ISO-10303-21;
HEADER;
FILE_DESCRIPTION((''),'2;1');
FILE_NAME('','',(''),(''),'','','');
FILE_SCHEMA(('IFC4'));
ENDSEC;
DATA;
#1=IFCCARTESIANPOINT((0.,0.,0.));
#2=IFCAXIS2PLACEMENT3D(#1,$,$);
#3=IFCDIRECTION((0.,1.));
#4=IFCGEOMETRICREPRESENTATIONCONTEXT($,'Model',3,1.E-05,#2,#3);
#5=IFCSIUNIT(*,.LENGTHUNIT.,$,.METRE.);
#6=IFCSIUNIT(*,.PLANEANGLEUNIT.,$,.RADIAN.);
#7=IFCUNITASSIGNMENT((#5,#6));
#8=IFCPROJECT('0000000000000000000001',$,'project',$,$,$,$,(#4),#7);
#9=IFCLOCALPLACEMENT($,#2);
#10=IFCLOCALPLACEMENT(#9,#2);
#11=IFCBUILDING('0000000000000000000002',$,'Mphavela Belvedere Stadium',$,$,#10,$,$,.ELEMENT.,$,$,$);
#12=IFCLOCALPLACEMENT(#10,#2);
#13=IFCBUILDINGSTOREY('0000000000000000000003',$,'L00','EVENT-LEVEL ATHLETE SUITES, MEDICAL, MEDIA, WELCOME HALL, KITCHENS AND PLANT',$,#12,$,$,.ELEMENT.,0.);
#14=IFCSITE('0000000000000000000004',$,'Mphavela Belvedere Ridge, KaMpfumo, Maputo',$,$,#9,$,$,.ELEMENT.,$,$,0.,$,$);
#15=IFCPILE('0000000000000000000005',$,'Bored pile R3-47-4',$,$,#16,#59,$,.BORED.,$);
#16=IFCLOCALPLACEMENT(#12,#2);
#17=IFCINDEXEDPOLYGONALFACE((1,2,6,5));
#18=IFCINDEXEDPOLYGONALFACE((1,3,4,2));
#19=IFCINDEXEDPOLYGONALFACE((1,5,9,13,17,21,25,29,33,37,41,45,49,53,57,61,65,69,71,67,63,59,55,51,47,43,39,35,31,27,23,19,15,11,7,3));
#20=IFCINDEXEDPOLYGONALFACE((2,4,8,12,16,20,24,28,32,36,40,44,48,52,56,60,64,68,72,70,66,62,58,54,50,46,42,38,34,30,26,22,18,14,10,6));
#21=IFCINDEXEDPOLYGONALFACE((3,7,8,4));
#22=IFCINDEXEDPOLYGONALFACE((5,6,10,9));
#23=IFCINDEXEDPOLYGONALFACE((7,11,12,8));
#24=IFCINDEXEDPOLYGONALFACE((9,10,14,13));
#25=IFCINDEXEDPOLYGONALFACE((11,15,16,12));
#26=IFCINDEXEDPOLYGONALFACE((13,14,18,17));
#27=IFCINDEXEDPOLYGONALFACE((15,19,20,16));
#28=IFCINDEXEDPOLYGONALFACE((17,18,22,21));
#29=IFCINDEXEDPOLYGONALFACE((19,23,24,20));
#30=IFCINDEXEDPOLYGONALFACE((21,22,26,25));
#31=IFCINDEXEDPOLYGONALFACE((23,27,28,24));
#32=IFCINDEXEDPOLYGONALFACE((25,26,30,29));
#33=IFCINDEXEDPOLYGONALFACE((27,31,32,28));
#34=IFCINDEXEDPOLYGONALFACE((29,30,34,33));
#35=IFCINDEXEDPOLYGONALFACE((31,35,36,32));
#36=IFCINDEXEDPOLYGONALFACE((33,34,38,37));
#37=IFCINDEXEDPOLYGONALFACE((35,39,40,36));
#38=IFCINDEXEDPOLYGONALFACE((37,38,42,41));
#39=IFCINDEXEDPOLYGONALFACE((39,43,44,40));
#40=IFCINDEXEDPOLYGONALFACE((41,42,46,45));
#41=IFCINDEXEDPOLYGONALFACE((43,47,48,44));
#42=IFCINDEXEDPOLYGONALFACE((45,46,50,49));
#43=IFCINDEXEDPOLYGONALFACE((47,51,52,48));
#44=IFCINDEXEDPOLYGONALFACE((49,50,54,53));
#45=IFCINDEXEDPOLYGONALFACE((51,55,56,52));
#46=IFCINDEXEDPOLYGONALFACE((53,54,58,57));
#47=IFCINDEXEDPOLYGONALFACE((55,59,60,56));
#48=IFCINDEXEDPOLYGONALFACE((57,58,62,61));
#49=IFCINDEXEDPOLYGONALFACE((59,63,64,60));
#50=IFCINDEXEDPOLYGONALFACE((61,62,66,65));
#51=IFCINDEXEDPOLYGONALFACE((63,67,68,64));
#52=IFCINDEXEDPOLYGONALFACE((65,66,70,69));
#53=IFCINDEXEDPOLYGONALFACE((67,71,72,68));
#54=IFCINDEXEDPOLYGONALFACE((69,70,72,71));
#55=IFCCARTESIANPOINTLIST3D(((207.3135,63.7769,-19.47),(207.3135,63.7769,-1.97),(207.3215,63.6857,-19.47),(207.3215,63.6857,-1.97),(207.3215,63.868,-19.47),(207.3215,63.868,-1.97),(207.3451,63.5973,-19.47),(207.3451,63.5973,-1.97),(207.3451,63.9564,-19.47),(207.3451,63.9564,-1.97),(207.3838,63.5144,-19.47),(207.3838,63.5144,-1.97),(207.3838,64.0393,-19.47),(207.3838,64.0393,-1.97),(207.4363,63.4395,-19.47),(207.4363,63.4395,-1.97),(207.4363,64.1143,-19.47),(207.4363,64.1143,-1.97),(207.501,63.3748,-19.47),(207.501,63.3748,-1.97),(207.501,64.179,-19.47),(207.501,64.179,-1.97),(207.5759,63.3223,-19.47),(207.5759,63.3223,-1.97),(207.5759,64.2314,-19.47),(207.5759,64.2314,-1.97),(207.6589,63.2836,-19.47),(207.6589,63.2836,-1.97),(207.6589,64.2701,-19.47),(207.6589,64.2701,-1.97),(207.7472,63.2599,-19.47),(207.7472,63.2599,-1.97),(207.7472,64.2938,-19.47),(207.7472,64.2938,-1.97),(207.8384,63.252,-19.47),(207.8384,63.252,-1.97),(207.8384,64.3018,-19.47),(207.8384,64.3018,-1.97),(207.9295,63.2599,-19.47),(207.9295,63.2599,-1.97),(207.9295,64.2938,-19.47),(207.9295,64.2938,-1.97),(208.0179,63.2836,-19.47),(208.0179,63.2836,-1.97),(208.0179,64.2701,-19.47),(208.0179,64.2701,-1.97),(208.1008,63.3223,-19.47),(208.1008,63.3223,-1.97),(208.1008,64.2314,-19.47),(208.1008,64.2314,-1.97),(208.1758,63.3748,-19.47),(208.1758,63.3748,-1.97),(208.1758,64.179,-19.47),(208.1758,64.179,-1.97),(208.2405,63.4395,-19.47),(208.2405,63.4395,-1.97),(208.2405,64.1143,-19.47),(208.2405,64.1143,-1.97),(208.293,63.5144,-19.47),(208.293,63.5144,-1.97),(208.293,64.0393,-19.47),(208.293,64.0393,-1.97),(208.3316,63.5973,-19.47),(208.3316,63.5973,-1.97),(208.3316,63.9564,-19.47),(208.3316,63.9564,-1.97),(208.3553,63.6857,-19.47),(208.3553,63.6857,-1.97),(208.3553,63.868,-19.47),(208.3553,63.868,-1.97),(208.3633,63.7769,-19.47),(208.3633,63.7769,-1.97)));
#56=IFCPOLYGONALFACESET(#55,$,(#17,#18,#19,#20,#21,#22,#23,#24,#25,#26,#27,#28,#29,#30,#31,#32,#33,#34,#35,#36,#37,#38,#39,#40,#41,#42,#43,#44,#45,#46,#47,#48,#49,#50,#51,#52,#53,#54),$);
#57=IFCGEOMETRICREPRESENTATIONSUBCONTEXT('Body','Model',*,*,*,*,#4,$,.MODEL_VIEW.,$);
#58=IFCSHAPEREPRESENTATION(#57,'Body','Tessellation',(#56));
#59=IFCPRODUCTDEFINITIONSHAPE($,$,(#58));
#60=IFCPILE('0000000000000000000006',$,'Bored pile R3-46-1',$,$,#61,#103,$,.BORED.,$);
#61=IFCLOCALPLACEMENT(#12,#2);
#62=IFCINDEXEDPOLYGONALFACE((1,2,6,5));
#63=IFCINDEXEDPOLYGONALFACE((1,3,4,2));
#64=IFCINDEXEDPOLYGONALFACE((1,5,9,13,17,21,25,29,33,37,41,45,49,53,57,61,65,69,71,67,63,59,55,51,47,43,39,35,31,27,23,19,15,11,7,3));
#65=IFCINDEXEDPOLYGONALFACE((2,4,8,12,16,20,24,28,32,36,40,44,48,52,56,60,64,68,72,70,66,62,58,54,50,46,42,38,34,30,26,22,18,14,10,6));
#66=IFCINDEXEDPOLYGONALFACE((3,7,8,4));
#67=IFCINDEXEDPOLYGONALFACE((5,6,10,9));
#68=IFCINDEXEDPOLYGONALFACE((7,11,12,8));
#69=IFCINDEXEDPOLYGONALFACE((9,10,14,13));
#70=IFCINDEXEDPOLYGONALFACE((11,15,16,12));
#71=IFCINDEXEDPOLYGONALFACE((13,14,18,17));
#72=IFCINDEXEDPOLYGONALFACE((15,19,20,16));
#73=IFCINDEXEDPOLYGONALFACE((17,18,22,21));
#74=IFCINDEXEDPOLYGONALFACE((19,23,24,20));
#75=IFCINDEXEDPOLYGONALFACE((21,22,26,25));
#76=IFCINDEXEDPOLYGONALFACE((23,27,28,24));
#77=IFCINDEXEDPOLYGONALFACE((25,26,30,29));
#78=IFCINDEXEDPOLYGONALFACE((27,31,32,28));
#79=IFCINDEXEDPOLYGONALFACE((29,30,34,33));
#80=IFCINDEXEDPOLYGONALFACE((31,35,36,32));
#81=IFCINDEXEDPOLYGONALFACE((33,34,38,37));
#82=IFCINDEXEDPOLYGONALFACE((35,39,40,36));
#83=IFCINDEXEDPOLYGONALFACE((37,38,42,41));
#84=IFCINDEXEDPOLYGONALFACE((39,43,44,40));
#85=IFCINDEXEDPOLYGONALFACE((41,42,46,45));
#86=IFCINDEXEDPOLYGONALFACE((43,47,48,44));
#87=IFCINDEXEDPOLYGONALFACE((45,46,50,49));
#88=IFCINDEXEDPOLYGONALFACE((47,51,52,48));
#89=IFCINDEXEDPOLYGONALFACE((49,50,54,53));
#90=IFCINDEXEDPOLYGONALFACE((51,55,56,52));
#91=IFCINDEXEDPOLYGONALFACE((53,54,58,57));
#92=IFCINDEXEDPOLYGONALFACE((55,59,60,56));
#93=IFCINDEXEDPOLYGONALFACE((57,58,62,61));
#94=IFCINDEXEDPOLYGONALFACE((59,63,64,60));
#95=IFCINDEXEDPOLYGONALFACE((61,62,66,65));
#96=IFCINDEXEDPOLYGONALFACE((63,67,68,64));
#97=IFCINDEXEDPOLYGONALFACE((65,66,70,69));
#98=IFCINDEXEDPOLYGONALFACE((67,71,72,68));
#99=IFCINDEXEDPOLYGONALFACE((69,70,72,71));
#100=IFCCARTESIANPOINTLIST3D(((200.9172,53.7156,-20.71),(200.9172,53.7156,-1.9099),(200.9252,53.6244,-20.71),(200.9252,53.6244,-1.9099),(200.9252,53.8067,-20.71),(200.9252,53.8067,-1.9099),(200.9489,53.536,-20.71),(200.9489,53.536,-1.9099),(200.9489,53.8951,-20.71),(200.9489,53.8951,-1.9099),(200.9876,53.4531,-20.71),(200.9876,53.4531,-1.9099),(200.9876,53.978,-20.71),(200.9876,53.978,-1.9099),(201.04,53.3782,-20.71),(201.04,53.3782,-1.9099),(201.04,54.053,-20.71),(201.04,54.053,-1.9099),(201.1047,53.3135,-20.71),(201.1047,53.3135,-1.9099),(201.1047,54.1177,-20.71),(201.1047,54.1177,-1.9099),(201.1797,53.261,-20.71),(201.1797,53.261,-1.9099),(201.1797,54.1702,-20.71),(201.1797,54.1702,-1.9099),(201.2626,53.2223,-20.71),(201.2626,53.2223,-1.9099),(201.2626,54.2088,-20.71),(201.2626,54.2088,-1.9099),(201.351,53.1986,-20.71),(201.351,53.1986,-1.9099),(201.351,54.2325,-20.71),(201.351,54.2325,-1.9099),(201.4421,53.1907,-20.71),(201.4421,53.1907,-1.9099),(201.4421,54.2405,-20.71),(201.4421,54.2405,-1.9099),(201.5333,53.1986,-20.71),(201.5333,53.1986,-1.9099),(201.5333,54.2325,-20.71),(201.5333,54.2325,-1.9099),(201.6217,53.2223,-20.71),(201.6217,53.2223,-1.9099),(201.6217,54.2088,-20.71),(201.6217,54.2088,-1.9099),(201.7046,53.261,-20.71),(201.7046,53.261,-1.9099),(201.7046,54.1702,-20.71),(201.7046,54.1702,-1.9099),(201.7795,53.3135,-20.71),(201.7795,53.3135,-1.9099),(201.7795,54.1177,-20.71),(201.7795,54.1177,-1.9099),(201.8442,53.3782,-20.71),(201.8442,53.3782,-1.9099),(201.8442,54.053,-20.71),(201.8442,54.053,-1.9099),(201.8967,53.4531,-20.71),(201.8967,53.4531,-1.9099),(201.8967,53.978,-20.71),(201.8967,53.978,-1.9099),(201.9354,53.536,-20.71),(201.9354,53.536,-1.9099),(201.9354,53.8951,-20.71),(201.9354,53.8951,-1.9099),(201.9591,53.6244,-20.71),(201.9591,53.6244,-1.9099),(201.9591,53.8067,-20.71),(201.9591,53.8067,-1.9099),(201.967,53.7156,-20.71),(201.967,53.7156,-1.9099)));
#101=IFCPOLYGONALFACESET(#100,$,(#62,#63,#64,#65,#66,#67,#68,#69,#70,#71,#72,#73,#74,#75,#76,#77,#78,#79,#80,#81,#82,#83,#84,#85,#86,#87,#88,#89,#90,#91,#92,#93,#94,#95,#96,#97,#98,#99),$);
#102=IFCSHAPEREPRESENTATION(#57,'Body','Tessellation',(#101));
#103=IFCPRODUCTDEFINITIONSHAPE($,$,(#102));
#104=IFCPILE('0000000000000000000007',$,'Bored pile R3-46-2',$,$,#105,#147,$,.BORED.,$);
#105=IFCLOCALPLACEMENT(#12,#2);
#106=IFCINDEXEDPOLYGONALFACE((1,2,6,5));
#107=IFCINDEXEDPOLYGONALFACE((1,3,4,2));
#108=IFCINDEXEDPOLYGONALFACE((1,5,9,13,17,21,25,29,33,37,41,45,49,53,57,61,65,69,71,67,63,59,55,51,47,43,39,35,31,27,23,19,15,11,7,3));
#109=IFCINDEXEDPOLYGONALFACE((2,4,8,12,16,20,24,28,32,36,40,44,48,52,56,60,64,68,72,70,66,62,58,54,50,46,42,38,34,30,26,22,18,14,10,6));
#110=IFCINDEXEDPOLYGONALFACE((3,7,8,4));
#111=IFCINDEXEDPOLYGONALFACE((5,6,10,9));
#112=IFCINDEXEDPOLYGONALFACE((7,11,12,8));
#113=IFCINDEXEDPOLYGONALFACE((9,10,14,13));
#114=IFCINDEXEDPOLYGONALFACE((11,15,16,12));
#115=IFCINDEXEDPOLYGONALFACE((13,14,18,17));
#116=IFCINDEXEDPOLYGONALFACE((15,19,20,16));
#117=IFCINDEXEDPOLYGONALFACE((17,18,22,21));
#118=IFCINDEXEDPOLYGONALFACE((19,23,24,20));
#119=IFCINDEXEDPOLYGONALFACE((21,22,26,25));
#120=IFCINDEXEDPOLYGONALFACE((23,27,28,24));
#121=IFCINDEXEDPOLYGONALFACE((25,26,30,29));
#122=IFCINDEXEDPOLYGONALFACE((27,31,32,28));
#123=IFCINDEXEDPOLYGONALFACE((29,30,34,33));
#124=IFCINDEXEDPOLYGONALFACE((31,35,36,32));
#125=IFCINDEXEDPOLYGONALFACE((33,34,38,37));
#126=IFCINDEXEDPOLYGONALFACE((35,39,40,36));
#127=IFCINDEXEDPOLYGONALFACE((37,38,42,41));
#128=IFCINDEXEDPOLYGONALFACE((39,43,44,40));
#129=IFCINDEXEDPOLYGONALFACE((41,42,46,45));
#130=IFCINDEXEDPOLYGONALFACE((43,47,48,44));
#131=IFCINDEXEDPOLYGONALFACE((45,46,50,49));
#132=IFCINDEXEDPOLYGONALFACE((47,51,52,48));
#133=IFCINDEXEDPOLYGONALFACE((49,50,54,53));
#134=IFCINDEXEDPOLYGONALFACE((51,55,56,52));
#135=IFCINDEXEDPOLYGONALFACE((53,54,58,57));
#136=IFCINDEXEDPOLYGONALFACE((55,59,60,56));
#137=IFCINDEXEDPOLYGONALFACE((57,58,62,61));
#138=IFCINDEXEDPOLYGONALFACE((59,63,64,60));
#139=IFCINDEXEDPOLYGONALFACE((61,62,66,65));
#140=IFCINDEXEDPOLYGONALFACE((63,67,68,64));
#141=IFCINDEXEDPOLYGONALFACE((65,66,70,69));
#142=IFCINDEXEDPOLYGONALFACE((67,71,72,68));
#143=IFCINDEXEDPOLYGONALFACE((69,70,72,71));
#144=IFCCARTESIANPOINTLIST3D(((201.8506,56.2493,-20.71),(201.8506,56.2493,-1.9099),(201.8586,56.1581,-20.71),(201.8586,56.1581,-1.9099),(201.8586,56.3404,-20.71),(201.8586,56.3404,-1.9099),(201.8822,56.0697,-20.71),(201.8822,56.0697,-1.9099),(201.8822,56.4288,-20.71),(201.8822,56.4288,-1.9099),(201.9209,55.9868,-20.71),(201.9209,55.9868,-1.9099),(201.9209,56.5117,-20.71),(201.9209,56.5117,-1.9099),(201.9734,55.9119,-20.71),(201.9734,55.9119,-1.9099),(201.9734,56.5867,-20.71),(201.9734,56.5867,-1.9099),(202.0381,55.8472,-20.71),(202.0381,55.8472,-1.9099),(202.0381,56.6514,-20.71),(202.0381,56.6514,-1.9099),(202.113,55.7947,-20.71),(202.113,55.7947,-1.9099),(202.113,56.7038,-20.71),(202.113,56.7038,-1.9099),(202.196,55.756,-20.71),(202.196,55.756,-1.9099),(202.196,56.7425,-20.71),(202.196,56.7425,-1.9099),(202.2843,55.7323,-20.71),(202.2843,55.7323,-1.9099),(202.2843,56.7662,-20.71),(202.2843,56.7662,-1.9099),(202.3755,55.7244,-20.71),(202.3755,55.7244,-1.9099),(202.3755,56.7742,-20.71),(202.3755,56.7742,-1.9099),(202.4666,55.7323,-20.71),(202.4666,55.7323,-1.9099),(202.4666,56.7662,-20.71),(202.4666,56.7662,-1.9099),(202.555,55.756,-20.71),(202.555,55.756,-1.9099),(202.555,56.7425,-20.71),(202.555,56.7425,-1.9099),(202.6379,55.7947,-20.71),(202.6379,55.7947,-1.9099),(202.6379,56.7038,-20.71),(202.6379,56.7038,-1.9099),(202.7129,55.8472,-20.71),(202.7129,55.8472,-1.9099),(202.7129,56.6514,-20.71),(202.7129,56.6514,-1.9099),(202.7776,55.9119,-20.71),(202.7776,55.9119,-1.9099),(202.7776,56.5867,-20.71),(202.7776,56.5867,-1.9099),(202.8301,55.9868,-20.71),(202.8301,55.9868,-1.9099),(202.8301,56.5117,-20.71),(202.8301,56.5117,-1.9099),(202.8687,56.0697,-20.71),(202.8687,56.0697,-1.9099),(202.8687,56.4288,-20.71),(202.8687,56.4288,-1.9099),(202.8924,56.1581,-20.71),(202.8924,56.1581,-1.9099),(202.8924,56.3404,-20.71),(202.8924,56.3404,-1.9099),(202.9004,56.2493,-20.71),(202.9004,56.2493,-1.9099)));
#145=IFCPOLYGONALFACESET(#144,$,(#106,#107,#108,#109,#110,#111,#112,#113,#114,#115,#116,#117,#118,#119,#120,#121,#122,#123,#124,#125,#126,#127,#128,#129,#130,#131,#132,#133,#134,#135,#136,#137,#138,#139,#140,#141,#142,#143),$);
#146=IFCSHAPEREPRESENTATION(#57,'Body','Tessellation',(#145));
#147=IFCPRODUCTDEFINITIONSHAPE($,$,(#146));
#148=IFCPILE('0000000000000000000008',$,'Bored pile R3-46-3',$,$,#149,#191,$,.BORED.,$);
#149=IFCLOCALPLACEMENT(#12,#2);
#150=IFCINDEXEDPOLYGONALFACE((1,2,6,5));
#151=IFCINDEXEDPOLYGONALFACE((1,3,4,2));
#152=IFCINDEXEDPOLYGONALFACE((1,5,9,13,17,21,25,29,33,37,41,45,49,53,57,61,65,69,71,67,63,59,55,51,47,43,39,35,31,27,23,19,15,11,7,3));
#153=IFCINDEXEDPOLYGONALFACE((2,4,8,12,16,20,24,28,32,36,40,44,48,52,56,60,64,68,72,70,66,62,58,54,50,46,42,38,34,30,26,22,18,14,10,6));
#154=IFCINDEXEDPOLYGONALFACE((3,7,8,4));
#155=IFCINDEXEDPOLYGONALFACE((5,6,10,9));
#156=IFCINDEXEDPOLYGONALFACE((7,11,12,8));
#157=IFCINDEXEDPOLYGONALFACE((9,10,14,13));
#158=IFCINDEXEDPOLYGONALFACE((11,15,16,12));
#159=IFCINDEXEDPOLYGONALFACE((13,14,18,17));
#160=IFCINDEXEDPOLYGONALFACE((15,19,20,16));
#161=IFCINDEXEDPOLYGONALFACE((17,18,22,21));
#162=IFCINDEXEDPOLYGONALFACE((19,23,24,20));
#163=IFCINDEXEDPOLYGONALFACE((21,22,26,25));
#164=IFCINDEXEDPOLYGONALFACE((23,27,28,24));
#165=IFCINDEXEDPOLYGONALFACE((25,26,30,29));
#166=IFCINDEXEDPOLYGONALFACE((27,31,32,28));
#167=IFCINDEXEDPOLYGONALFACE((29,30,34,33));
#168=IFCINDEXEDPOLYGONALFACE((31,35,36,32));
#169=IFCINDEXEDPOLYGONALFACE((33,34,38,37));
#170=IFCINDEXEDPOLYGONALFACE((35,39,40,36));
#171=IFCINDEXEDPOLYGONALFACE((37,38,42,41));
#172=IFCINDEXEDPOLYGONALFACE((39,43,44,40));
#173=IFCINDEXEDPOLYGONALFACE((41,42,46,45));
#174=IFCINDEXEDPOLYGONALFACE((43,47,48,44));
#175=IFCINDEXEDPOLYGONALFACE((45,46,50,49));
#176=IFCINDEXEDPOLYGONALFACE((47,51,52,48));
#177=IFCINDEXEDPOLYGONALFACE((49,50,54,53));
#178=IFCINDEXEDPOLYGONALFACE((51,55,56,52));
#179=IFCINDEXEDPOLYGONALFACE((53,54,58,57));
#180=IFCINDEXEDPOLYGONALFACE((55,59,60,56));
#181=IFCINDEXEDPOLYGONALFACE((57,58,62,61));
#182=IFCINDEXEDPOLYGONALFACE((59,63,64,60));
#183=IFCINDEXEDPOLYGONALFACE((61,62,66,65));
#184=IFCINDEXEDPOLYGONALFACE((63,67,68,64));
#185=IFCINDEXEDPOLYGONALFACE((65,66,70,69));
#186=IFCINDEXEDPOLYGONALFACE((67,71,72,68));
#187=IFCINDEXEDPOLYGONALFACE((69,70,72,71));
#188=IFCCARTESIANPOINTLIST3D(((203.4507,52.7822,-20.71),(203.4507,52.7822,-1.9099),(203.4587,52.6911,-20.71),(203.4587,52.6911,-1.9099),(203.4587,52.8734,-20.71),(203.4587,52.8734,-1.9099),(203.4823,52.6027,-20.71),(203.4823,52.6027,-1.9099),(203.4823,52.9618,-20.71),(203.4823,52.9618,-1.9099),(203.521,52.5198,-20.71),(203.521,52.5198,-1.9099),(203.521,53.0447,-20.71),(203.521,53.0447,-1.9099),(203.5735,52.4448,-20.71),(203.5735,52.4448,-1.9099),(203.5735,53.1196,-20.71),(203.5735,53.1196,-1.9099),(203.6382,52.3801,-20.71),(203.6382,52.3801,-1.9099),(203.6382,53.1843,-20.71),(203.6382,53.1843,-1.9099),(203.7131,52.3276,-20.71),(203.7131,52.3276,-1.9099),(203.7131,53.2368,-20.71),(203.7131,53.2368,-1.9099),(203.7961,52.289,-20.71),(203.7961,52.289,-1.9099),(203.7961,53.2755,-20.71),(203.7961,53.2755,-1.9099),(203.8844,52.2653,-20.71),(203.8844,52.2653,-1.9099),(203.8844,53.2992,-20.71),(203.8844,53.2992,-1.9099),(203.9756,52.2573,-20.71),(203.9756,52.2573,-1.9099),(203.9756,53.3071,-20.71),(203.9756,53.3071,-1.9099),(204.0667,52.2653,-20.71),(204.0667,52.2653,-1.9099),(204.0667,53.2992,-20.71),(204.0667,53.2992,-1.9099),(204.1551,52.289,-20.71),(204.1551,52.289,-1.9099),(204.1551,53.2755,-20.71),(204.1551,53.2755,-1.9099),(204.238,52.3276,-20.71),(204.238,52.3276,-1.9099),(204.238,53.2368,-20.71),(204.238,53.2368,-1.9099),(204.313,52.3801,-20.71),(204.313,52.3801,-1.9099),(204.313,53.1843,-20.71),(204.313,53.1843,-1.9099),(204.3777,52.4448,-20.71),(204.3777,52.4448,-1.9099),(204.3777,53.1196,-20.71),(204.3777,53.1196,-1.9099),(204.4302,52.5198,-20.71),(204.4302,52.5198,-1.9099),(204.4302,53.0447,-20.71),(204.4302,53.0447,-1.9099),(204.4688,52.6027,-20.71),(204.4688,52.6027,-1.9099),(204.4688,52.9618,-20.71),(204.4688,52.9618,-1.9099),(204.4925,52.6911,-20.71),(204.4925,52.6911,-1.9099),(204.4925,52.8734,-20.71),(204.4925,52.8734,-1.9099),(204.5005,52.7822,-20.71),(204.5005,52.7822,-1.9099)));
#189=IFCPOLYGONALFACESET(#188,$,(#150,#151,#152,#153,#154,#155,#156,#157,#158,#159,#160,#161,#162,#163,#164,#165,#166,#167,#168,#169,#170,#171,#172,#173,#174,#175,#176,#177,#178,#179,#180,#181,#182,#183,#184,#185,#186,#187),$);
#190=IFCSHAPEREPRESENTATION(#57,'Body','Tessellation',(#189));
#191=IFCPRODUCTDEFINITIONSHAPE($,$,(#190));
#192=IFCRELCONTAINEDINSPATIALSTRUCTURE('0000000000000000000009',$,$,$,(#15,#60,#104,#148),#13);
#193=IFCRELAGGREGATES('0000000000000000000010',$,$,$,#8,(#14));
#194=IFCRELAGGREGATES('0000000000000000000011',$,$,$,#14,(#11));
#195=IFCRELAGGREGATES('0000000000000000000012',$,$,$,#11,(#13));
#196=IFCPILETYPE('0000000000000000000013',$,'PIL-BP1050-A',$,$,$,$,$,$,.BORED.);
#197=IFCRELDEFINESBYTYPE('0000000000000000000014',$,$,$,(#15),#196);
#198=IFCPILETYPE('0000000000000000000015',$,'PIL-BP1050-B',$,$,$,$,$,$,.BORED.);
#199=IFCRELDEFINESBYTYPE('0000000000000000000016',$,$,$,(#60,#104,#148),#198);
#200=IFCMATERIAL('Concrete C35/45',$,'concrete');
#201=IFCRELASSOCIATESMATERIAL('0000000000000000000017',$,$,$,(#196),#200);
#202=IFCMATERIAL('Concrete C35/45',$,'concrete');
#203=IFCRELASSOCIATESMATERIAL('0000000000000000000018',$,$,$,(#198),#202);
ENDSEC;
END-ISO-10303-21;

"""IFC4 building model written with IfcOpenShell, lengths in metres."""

from ifc_helpers import new_model, si_unit, direction, frame, origin, origin_2d, place, context, subcontext, project, spatial, circle, extrude, material, material_profile, profile_set, type_object, element, save


model = new_model("IFC4")

# Units and contexts
model_context = context("Model", 3, precision=1e-05, world=origin(), true_north=direction((0.0, 1.0)))
body_context = subcontext(model_context, "Body", "Model", "MODEL_VIEW")
ifc_project = project(units=[si_unit("LENGTHUNIT", "METRE"), si_unit("PLANEANGLEUNIT", "RADIAN")], contexts=[model_context])

# Site, building, storey
site_placement = place(None, origin())
site = spatial("IfcSite", under=ifc_project, at=site_placement, Name="Mphavela Belvedere Ridge, KaMpfumo, Maputo", CompositionType="ELEMENT", RefElevation=0.0)
building_placement = place(site_placement, origin())
building = spatial("IfcBuilding", under=site, at=building_placement, Name="Mphavela Belvedere Stadium", CompositionType="ELEMENT")
storey_placement = place(building_placement, origin())
storey = spatial("IfcBuildingStorey", under=building, at=storey_placement, Name="L00", Description="EVENT-LEVEL ATHLETE SUITES, MEDICAL, MEDIA, WELCOME HALL, KITCHENS AND PLANT", CompositionType="ELEMENT", Elevation=0.0)

# Piles
ifc_material_1 = material(Name="Concrete C35/45", Category="concrete")
ifc_material_profile_1 = material_profile(ifc_material_1, circle(Radius=0.5249, at=origin_2d()), Name="BP D1050")
ifc_profile_set_1 = profile_set([ifc_material_profile_1], Name="Concrete C35/45")
pile_type_1 = type_object("IfcPileType", Name="PIL-BP1050-A", PredefinedType="BORED", material=ifc_profile_set_1)
for number, where, z_axis, x_axis, name in (
    (1, (207.8384, 63.7769, -1.97), (0.0, 0.0, -1.0), (1.0, 0.0, 0.0), "Bored pile R3-47-4"),
):
    element("IfcPile", number, at=place(storey_placement, frame(where, z_axis=z_axis, x_axis=x_axis)), inside=storey, type_object=pile_type_1, Name=name, PredefinedType="BORED", context=body_context, shape_type="SweptSolid", body=[
        extrude(circle(Radius=0.5249, at=origin_2d()), origin(), (0.0, 0.0, 1.0), 17.5),
    ])
ifc_material_2 = material(Name="Concrete C35/45", Category="concrete")
ifc_material_profile_2 = material_profile(ifc_material_2, circle(Radius=0.5249, at=origin_2d()), Name="BP D1050")
ifc_profile_set_2 = profile_set([ifc_material_profile_2], Name="Concrete C35/45")
pile_type_2 = type_object("IfcPileType", Name="PIL-BP1050-B", PredefinedType="BORED", material=ifc_profile_set_2)
for number, where, z_axis, x_axis, name in (
    (2, (201.4421, 53.7156, -1.9099), (0.0, 0.0, -1.0), (1.0, 0.0, 0.0), "Bored pile R3-46-1"),
    (3, (202.3755, 56.2493, -1.9099), (0.0, 0.0, -1.0), (1.0, 0.0, 0.0), "Bored pile R3-46-2"),
    (4, (203.9756, 52.7822, -1.9099), (0.0, 0.0, -1.0), (1.0, 0.0, 0.0), "Bored pile R3-46-3"),
):
    element("IfcPile", number, at=place(storey_placement, frame(where, z_axis=z_axis, x_axis=x_axis)), inside=storey, type_object=pile_type_2, Name=name, PredefinedType="BORED", context=body_context, shape_type="SweptSolid", body=[
        extrude(circle(Radius=0.5249, at=origin_2d()), origin(), (0.0, 0.0, 1.0), 18.8),
    ])

save(model, "model.ifc")
